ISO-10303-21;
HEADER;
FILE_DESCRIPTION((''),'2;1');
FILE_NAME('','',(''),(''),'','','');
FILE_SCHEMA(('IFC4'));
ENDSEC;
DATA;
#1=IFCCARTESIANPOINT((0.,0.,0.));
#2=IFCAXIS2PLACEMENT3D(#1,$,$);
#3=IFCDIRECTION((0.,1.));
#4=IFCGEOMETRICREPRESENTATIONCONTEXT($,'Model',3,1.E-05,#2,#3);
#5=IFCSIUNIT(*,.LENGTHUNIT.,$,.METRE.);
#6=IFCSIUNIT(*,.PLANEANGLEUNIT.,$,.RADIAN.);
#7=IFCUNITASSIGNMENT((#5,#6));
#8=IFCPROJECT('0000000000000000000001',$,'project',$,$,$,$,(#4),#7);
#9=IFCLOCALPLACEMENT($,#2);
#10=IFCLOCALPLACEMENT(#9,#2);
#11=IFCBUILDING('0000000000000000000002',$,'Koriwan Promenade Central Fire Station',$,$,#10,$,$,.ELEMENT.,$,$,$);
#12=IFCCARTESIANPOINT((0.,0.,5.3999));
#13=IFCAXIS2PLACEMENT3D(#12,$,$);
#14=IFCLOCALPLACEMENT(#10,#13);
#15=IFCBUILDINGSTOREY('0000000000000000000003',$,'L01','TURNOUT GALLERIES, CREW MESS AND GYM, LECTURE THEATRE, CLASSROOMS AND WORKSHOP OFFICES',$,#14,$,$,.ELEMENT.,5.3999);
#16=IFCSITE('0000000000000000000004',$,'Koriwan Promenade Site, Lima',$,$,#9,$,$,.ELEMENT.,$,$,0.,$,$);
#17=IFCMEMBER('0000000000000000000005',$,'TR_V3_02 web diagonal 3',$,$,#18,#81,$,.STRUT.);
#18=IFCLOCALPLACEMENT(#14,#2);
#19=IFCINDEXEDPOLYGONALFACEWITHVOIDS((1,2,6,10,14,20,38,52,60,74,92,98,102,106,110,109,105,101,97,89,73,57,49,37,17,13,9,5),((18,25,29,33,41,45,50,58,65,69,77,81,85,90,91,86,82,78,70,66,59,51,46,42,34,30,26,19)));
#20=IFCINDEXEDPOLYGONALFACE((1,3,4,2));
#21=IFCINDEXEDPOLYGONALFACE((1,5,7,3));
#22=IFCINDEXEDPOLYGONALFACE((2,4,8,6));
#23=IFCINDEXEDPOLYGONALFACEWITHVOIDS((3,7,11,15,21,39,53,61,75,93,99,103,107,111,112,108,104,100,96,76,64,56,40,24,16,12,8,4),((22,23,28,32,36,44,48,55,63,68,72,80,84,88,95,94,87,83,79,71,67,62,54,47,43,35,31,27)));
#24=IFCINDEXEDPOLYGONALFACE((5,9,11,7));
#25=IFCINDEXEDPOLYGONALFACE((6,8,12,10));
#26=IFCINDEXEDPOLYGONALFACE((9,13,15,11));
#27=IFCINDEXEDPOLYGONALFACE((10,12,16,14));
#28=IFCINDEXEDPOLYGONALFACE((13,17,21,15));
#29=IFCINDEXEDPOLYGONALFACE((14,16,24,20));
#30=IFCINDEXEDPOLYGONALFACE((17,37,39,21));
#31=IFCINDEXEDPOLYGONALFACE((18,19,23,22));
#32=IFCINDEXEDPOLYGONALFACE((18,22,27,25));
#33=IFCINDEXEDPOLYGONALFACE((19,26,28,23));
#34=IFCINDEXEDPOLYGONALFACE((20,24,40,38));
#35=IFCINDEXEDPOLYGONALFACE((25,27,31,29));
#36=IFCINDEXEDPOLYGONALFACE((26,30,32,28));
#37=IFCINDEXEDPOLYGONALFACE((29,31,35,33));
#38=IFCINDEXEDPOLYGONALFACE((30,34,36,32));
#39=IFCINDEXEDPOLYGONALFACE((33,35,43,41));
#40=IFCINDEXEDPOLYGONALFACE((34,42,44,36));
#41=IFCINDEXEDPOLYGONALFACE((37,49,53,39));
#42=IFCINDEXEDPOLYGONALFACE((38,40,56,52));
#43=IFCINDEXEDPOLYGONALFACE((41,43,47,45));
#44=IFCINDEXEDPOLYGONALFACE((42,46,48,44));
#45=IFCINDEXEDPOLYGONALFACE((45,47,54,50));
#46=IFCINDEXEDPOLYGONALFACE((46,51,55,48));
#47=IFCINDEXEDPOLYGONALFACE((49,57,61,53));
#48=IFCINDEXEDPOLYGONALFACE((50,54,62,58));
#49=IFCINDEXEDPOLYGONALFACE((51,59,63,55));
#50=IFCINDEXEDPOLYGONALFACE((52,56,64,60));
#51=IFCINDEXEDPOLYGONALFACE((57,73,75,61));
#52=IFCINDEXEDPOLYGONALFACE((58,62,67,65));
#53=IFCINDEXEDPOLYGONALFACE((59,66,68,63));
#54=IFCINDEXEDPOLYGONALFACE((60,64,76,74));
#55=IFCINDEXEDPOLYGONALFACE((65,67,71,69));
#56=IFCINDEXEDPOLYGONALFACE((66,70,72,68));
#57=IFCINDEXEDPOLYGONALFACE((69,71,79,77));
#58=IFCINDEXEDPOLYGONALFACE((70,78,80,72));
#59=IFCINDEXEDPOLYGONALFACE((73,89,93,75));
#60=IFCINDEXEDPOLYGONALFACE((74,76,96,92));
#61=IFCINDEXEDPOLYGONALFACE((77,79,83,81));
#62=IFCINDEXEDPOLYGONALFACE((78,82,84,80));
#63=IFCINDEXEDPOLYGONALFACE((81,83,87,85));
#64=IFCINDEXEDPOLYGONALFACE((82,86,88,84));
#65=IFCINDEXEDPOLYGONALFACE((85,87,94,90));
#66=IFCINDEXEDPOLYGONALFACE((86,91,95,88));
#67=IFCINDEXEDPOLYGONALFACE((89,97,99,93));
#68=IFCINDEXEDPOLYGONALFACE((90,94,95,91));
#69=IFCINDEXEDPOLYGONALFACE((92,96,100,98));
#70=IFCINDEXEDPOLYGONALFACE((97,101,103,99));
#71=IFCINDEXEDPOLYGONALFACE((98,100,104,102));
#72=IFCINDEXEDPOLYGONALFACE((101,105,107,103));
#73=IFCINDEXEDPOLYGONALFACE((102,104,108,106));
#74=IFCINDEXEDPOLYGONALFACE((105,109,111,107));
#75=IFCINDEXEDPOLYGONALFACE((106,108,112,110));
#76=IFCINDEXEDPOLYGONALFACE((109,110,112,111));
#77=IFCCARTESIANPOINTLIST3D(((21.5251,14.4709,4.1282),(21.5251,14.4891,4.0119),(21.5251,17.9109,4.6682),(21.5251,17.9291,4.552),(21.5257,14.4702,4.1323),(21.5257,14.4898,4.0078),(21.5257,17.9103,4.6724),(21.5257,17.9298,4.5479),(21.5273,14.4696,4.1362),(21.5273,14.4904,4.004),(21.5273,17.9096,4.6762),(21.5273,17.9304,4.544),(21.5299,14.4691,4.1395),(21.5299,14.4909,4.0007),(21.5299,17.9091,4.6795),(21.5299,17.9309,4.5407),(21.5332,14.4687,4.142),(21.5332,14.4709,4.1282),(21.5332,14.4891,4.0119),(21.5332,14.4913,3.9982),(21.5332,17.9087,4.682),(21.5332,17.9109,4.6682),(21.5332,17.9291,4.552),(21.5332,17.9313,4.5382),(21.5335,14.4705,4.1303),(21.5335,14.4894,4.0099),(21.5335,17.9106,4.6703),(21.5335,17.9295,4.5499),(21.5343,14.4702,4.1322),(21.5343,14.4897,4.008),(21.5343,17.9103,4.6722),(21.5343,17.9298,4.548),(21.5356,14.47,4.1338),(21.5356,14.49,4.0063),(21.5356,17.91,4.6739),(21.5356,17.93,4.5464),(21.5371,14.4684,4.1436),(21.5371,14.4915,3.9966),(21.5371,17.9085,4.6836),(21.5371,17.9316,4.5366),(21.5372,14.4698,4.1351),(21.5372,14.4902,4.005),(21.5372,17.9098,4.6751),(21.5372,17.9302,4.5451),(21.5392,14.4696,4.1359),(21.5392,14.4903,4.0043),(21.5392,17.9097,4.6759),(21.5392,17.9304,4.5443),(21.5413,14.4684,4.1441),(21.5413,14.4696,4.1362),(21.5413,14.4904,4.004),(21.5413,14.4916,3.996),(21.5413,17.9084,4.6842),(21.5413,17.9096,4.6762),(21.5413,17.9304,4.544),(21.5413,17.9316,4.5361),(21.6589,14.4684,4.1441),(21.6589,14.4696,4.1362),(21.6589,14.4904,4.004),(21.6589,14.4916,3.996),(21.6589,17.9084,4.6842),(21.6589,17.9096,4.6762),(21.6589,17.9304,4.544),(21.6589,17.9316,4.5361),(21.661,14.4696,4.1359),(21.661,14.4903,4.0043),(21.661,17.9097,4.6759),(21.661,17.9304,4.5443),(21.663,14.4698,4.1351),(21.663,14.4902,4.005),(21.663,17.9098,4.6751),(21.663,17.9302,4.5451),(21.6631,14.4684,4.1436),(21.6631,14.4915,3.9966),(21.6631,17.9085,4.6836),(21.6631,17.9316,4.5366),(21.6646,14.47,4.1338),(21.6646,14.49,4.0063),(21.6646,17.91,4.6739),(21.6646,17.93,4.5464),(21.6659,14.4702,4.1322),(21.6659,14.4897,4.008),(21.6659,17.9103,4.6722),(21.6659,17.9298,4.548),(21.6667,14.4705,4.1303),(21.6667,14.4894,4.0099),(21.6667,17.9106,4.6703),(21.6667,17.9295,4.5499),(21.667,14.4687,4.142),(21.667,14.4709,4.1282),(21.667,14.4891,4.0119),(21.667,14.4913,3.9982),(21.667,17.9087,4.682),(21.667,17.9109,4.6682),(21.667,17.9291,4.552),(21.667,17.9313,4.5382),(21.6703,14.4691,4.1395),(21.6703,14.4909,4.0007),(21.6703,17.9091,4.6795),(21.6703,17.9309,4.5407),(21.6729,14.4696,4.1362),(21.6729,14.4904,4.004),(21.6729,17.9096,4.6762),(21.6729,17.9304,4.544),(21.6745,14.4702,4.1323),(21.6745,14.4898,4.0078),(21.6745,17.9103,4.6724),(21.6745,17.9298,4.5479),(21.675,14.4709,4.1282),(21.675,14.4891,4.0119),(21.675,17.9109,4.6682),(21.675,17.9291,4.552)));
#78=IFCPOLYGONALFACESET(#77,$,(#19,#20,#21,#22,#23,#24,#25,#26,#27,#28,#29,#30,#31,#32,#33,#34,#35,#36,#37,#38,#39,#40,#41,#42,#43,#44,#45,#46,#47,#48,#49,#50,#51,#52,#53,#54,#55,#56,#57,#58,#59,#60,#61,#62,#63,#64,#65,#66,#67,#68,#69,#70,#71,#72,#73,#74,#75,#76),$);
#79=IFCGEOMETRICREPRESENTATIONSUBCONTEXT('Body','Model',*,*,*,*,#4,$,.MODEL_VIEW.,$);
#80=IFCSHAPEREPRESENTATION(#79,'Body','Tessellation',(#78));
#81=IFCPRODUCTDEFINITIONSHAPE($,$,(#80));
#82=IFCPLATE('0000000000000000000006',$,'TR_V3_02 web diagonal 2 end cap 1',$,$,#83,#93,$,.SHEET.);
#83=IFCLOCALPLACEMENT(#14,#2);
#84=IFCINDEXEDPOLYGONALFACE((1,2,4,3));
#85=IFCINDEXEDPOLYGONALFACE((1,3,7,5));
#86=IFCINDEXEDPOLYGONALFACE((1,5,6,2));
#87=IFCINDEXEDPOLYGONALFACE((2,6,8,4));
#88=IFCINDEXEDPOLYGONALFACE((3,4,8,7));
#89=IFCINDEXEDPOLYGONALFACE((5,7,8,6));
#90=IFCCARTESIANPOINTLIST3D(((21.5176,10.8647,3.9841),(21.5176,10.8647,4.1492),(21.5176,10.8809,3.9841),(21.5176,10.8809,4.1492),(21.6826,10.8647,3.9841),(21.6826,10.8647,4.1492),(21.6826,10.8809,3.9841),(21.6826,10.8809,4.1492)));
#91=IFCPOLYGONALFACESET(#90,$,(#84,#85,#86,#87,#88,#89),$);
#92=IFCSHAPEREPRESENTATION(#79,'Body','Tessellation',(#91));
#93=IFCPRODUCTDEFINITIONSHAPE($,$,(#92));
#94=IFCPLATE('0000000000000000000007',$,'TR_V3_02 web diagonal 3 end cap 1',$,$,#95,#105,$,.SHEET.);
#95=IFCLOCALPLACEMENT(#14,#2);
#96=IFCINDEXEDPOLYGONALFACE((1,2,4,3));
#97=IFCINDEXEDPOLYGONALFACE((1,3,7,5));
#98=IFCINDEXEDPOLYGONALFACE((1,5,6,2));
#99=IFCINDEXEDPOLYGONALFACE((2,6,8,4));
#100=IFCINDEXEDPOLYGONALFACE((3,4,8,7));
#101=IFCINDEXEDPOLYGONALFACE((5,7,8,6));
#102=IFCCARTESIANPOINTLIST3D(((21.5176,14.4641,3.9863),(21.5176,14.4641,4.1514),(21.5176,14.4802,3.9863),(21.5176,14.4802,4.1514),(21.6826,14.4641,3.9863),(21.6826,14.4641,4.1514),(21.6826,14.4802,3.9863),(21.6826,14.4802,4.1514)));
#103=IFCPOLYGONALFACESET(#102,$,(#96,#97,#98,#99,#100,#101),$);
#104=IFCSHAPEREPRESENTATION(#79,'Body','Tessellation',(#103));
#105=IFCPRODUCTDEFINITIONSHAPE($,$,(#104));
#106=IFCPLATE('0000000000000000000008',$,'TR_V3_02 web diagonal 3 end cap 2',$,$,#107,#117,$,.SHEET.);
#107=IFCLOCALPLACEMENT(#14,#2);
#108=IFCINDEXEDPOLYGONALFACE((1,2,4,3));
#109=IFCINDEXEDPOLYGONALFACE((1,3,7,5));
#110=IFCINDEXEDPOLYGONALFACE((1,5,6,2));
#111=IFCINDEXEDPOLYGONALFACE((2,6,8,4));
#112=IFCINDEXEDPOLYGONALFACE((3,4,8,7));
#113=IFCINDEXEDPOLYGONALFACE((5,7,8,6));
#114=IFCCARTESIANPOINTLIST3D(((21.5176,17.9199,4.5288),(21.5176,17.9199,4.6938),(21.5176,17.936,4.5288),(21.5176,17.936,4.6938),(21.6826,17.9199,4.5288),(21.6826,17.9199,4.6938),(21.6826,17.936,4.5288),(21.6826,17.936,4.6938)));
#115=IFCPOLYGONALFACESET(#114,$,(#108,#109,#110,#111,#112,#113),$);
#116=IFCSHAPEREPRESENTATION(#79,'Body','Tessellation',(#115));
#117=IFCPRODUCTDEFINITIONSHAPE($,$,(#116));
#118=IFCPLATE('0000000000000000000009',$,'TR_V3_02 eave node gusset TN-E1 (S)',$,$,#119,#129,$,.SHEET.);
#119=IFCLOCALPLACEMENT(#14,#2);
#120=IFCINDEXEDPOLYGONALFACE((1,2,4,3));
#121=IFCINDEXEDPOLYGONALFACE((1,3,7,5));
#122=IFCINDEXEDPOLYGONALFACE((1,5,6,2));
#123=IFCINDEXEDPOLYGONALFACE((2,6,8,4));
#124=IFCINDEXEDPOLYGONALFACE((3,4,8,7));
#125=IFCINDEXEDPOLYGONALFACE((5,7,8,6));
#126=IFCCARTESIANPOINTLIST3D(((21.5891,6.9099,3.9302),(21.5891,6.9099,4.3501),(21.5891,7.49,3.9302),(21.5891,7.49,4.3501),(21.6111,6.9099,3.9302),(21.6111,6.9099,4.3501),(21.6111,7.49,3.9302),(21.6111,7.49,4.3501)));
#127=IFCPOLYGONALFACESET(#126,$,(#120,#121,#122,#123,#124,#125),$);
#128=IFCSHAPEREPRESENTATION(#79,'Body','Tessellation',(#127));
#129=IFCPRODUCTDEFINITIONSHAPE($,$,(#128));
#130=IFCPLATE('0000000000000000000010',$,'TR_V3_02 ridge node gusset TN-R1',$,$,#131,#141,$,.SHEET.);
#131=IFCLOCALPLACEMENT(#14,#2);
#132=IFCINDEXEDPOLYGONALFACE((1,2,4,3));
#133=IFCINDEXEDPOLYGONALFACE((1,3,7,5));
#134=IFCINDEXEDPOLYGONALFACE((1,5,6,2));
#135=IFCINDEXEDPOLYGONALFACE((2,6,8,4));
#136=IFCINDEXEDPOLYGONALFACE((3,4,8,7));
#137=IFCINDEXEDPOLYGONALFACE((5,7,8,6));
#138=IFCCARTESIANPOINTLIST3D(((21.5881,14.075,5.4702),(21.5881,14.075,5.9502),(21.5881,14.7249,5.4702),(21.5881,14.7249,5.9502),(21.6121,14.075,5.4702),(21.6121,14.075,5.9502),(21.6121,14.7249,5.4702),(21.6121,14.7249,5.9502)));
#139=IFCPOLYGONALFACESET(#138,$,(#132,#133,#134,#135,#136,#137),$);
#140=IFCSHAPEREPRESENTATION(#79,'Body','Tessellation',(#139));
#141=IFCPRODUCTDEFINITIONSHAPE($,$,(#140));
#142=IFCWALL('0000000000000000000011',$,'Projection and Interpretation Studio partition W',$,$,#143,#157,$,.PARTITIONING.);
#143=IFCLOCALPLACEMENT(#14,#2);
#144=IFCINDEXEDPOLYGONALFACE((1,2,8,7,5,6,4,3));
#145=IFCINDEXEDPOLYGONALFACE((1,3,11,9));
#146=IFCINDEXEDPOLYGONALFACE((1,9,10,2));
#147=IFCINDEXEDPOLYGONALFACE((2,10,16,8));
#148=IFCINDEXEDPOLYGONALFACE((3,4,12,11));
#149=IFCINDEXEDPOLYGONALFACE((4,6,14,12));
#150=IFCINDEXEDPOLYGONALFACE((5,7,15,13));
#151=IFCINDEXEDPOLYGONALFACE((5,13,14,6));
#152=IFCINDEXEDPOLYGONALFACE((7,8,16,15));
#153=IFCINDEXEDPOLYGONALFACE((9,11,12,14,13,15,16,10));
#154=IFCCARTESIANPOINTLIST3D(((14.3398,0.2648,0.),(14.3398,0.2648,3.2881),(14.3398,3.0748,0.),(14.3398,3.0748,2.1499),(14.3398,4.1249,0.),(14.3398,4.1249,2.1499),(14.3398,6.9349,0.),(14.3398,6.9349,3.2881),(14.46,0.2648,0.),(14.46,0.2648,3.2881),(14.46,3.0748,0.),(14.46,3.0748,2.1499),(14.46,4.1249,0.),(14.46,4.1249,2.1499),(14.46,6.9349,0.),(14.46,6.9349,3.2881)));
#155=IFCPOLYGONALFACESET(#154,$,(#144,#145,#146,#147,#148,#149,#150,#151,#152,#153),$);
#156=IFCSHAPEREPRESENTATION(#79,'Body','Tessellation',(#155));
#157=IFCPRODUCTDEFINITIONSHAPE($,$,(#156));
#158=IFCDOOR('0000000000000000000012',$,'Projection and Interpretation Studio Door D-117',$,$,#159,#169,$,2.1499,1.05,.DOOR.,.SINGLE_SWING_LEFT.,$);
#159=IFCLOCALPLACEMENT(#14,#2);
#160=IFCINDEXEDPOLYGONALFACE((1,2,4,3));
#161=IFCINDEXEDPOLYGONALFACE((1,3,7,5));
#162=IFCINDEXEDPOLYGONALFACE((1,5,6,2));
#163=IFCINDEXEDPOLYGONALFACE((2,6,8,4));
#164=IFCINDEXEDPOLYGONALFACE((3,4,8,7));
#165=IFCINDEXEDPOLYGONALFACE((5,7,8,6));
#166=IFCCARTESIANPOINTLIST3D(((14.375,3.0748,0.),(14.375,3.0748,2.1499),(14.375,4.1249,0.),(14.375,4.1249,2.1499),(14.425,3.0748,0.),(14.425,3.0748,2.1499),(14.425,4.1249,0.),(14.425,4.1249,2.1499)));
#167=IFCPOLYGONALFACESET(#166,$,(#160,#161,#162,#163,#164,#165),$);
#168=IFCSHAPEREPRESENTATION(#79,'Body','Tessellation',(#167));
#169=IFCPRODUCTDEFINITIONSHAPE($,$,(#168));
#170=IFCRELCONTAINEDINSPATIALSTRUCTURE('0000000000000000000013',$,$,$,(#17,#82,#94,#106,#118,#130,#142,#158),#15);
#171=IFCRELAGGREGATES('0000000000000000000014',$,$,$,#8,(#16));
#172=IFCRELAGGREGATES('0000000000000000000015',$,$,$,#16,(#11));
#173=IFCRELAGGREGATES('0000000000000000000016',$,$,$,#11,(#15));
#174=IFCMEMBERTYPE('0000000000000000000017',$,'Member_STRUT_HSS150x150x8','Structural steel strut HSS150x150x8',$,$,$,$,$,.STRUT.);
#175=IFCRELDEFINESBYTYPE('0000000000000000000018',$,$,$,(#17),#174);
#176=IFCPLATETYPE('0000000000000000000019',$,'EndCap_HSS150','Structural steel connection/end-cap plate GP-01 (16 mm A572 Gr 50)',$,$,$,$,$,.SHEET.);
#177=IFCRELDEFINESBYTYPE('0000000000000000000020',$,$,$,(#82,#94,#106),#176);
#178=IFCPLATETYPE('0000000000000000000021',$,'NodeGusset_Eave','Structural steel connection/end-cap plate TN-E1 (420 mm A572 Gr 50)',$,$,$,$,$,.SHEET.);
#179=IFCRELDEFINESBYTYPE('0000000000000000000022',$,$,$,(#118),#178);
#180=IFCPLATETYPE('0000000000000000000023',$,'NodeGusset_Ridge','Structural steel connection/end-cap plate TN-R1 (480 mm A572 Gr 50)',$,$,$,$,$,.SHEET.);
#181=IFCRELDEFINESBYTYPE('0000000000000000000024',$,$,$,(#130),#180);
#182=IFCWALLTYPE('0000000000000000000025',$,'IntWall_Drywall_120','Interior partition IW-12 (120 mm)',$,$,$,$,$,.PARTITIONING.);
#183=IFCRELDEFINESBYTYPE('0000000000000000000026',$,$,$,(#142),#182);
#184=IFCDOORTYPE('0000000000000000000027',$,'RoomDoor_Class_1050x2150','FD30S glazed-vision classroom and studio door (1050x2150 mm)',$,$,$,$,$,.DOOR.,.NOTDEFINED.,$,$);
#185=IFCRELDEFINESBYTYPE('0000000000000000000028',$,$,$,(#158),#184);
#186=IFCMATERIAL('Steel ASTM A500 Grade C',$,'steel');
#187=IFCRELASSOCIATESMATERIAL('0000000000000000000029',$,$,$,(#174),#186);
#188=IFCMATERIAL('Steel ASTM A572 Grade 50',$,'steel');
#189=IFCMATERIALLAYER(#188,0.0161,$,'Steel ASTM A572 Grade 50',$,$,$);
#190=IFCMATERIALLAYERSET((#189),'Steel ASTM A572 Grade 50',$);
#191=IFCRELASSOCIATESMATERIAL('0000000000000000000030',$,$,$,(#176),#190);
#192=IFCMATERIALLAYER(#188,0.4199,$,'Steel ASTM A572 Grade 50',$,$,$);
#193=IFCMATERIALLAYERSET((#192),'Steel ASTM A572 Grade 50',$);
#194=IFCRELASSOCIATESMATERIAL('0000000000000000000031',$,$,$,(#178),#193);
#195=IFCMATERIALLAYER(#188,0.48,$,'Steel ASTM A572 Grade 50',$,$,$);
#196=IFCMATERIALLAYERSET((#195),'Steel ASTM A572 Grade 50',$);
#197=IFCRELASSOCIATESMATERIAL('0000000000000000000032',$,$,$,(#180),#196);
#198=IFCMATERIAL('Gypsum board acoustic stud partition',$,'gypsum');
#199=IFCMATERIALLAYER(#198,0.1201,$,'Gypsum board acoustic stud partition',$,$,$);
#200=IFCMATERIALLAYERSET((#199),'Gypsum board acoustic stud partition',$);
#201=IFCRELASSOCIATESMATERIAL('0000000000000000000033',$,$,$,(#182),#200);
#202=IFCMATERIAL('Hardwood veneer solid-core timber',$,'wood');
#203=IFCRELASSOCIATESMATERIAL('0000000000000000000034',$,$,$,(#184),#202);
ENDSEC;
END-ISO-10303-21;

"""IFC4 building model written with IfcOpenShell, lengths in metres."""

from ifc_helpers import new_model, si_unit, direction, frame, frame_2d, origin, origin_2d, place, context, subcontext, project, spatial, rectangle, hollow_rectangle, extrude, material, layer, layer_set, material_profile, profile_set, type_object, element, fill, save


model = new_model("IFC4")

# Units and contexts
model_context = context("Model", 3, precision=1e-05, world=origin(), true_north=direction((0.0, 1.0)))
body_context = subcontext(model_context, "Body", "Model", "MODEL_VIEW")
ifc_project = project(units=[si_unit("LENGTHUNIT", "METRE"), si_unit("PLANEANGLEUNIT", "RADIAN")], contexts=[model_context])

# Site, building, storey
site_placement = place(None, origin())
site = spatial("IfcSite", under=ifc_project, at=site_placement, Name="Koriwan Promenade Site, Lima", CompositionType="ELEMENT", RefElevation=0.0)
building_placement = place(site_placement, origin())
building = spatial("IfcBuilding", under=site, at=building_placement, Name="Koriwan Promenade Central Fire Station", CompositionType="ELEMENT")
storey_placement = place(building_placement, frame((0.0, 0.0, 5.3999)))
storey = spatial("IfcBuildingStorey", under=building, at=storey_placement, Name="L01", Description="TURNOUT GALLERIES, CREW MESS AND GYM, LECTURE THEATRE, CLASSROOMS AND WORKSHOP OFFICES", CompositionType="ELEMENT", Elevation=5.3999)

# Member
ifc_material_1 = material(Name="Steel ASTM A500 Grade C", Category="steel")
ifc_material_profile_1 = material_profile(ifc_material_1, hollow_rectangle(XDim=0.1499, YDim=0.1499, WallThickness=0.0081, InnerFilletRadius=0.0081, OuterFilletRadius=0.0161, at=origin_2d()), Name="HSS150x150x8")
ifc_profile_set_1 = profile_set([ifc_material_profile_1], Name="Steel ASTM A500 Grade C")
member_type_1 = type_object("IfcMemberType", Name="Member_STRUT_HSS150x150x8", Description="Structural steel strut HSS150x150x8", PredefinedType="STRUT", material=ifc_profile_set_1)
member_1_placement = place(storey_placement, frame((21.6001, 14.48, 4.0701), z_axis=(0.0, 0.9879, 0.155091), x_axis=(-1.0, 0.0, 0.0)))
element("IfcMember", 1, at=member_1_placement, inside=storey, type_object=member_type_1, Name="TR_V3_02 web diagonal 3", PredefinedType="STRUT", context=body_context, shape_type="SweptSolid", body=[
    extrude(hollow_rectangle(XDim=0.1499, YDim=0.1499, WallThickness=0.0081, InnerFilletRadius=0.0081, OuterFilletRadius=0.0161, at=origin_2d()), origin(), (0.0, 0.0, 1.0), 3.4822),
])

# Plates
ifc_material_2 = material(Name="Steel ASTM A572 Grade 50", Category="steel")
ifc_layer_1 = layer(ifc_material_2, 0.0161, Name="Steel ASTM A572 Grade 50")
ifc_layer_set_1 = layer_set([ifc_layer_1], Name="Steel ASTM A572 Grade 50")
plate_type_1 = type_object("IfcPlateType", Name="EndCap_HSS150", Description="Structural steel connection/end-cap plate GP-01 (16 mm A572 Gr 50)", PredefinedType="SHEET", material=ifc_layer_set_1)
for number, where, z_axis, x_axis, name in (
    (2, (21.6001, 10.8728, 3.9841), (0.0, 0.0, 1.0), (0.0, 1.0, 0.0), "TR_V3_02 web diagonal 2 end cap 1"),
    (3, (21.6001, 14.4722, 3.9863), (0.0, 0.0, 1.0), (0.0, 1.0, 0.0), "TR_V3_02 web diagonal 3 end cap 1"),
    (4, (21.6001, 17.928, 4.5288), (0.0, 0.0, 1.0), (0.0, 1.0, 0.0), "TR_V3_02 web diagonal 3 end cap 2"),
):
    element("IfcPlate", number, at=place(storey_placement, frame(where, z_axis=z_axis, x_axis=x_axis)), inside=storey, type_object=plate_type_1, Name=name, PredefinedType="SHEET", context=body_context, shape_type="SweptSolid", body=[
        extrude(rectangle(XDim=0.0161, YDim=0.165, at=origin_2d()), origin(), (0.0, 0.0, 1.0), 0.165),
    ])
ifc_layer_2 = layer(ifc_material_2, 0.4199, Name="Steel ASTM A572 Grade 50")
ifc_layer_set_2 = layer_set([ifc_layer_2], Name="Steel ASTM A572 Grade 50")
plate_type_2 = type_object("IfcPlateType", Name="NodeGusset_Eave", Description="Structural steel connection/end-cap plate TN-E1 (420 mm A572 Gr 50)", PredefinedType="SHEET", material=ifc_layer_set_2)
plate_1_placement = place(storey_placement, frame((21.6001, 7.2, 3.9302), z_axis=(0.0, 0.0, 1.0), x_axis=(1.0, 0.0, 0.0)))
element("IfcPlate", 5, at=plate_1_placement, inside=storey, type_object=plate_type_2, Name="TR_V3_02 eave node gusset TN-E1 (S)", PredefinedType="SHEET", context=body_context, shape_type="SweptSolid", body=[
    extrude(rectangle(XDim=0.022, YDim=0.5801, at=origin_2d()), origin(), (0.0, 0.0, 1.0), 0.4199),
])
ifc_layer_3 = layer(ifc_material_2, 0.48, Name="Steel ASTM A572 Grade 50")
ifc_layer_set_3 = layer_set([ifc_layer_3], Name="Steel ASTM A572 Grade 50")
plate_type_3 = type_object("IfcPlateType", Name="NodeGusset_Ridge", Description="Structural steel connection/end-cap plate TN-R1 (480 mm A572 Gr 50)", PredefinedType="SHEET", material=ifc_layer_set_3)
plate_2_placement = place(storey_placement, frame((21.6001, 14.3999, 5.4702), z_axis=(0.0, 0.0, 1.0), x_axis=(1.0, 0.0, 0.0)))
element("IfcPlate", 6, at=plate_2_placement, inside=storey, type_object=plate_type_3, Name="TR_V3_02 ridge node gusset TN-R1", PredefinedType="SHEET", context=body_context, shape_type="SweptSolid", body=[
    extrude(rectangle(XDim=0.0239, YDim=0.6499, at=origin_2d()), origin(), (0.0, 0.0, 1.0), 0.48),
])

# Wall, opening, door
ifc_material_3 = material(Name="Gypsum board acoustic stud partition", Category="gypsum")
ifc_layer_4 = layer(ifc_material_3, 0.1201, Name="Gypsum board acoustic stud partition")
ifc_layer_set_4 = layer_set([ifc_layer_4], Name="Gypsum board acoustic stud partition")
wall_type_1 = type_object("IfcWallType", Name="IntWall_Drywall_120", Description="Interior partition IW-12 (120 mm)", PredefinedType="PARTITIONING", material=ifc_layer_set_4)
wall_1_placement = place(storey_placement, frame((14.3999, 0.2649, 0.0), z_axis=(0.0, 0.0, 1.0), x_axis=(0.0, 1.0, 0.0)))
wall_1 = element("IfcWall", 7, at=wall_1_placement, inside=storey, type_object=wall_type_1, Name="Projection and Interpretation Studio partition W", PredefinedType="PARTITIONING", context=body_context, shape_type="SweptSolid", body=[
    extrude(rectangle(XDim=6.6702, YDim=0.1201, at=frame_2d((3.335, 0.0))), origin(), (0.0, 0.0, 1.0), 3.2881),
])
opening_1_placement = place(wall_1_placement, frame((2.8101, 0.0, 0.0)))
opening_1 = element("IfcOpeningElement", 8, at=opening_1_placement, cuts=wall_1, PredefinedType="OPENING", context=body_context, shape_type="SweptSolid", body=[
    extrude(rectangle(XDim=1.05, YDim=2.1499, at=frame_2d((0.5249, 1.075))), frame((0.0, 0.072, 0.0), z_axis=(0.0, -1.0, 0.0), x_axis=(1.0, 0.0, 0.0)), (0.0, 0.0, 1.0), 0.144),
])
ifc_material_4 = material(Name="Hardwood veneer solid-core timber", Category="wood")
door_type_1 = type_object("IfcDoorType", Name="RoomDoor_Class_1050x2150", Description="FD30S glazed-vision classroom and studio door (1050x2150 mm)", OperationType="NOTDEFINED", PredefinedType="DOOR", material=ifc_material_4)
door_1_placement = place(opening_1_placement, origin())
door_1 = element("IfcDoor", 9, at=door_1_placement, inside=storey, type_object=door_type_1, Name="Projection and Interpretation Studio Door D-117", OperationType="SINGLE_SWING_LEFT", OverallHeight=2.1499, OverallWidth=1.05, PredefinedType="DOOR", context=body_context, shape_type="SweptSolid", body=[
    extrude(rectangle(XDim=1.05, YDim=2.1499, at=frame_2d((0.5249, 1.075))), frame((0.0, 0.0249, 0.0), z_axis=(0.0, -1.0, 0.0), x_axis=(1.0, 0.0, 0.0)), (0.0, 0.0, 1.0), 0.05),
])
fill(opening_1, door_1)

save(model, "model.ifc")
